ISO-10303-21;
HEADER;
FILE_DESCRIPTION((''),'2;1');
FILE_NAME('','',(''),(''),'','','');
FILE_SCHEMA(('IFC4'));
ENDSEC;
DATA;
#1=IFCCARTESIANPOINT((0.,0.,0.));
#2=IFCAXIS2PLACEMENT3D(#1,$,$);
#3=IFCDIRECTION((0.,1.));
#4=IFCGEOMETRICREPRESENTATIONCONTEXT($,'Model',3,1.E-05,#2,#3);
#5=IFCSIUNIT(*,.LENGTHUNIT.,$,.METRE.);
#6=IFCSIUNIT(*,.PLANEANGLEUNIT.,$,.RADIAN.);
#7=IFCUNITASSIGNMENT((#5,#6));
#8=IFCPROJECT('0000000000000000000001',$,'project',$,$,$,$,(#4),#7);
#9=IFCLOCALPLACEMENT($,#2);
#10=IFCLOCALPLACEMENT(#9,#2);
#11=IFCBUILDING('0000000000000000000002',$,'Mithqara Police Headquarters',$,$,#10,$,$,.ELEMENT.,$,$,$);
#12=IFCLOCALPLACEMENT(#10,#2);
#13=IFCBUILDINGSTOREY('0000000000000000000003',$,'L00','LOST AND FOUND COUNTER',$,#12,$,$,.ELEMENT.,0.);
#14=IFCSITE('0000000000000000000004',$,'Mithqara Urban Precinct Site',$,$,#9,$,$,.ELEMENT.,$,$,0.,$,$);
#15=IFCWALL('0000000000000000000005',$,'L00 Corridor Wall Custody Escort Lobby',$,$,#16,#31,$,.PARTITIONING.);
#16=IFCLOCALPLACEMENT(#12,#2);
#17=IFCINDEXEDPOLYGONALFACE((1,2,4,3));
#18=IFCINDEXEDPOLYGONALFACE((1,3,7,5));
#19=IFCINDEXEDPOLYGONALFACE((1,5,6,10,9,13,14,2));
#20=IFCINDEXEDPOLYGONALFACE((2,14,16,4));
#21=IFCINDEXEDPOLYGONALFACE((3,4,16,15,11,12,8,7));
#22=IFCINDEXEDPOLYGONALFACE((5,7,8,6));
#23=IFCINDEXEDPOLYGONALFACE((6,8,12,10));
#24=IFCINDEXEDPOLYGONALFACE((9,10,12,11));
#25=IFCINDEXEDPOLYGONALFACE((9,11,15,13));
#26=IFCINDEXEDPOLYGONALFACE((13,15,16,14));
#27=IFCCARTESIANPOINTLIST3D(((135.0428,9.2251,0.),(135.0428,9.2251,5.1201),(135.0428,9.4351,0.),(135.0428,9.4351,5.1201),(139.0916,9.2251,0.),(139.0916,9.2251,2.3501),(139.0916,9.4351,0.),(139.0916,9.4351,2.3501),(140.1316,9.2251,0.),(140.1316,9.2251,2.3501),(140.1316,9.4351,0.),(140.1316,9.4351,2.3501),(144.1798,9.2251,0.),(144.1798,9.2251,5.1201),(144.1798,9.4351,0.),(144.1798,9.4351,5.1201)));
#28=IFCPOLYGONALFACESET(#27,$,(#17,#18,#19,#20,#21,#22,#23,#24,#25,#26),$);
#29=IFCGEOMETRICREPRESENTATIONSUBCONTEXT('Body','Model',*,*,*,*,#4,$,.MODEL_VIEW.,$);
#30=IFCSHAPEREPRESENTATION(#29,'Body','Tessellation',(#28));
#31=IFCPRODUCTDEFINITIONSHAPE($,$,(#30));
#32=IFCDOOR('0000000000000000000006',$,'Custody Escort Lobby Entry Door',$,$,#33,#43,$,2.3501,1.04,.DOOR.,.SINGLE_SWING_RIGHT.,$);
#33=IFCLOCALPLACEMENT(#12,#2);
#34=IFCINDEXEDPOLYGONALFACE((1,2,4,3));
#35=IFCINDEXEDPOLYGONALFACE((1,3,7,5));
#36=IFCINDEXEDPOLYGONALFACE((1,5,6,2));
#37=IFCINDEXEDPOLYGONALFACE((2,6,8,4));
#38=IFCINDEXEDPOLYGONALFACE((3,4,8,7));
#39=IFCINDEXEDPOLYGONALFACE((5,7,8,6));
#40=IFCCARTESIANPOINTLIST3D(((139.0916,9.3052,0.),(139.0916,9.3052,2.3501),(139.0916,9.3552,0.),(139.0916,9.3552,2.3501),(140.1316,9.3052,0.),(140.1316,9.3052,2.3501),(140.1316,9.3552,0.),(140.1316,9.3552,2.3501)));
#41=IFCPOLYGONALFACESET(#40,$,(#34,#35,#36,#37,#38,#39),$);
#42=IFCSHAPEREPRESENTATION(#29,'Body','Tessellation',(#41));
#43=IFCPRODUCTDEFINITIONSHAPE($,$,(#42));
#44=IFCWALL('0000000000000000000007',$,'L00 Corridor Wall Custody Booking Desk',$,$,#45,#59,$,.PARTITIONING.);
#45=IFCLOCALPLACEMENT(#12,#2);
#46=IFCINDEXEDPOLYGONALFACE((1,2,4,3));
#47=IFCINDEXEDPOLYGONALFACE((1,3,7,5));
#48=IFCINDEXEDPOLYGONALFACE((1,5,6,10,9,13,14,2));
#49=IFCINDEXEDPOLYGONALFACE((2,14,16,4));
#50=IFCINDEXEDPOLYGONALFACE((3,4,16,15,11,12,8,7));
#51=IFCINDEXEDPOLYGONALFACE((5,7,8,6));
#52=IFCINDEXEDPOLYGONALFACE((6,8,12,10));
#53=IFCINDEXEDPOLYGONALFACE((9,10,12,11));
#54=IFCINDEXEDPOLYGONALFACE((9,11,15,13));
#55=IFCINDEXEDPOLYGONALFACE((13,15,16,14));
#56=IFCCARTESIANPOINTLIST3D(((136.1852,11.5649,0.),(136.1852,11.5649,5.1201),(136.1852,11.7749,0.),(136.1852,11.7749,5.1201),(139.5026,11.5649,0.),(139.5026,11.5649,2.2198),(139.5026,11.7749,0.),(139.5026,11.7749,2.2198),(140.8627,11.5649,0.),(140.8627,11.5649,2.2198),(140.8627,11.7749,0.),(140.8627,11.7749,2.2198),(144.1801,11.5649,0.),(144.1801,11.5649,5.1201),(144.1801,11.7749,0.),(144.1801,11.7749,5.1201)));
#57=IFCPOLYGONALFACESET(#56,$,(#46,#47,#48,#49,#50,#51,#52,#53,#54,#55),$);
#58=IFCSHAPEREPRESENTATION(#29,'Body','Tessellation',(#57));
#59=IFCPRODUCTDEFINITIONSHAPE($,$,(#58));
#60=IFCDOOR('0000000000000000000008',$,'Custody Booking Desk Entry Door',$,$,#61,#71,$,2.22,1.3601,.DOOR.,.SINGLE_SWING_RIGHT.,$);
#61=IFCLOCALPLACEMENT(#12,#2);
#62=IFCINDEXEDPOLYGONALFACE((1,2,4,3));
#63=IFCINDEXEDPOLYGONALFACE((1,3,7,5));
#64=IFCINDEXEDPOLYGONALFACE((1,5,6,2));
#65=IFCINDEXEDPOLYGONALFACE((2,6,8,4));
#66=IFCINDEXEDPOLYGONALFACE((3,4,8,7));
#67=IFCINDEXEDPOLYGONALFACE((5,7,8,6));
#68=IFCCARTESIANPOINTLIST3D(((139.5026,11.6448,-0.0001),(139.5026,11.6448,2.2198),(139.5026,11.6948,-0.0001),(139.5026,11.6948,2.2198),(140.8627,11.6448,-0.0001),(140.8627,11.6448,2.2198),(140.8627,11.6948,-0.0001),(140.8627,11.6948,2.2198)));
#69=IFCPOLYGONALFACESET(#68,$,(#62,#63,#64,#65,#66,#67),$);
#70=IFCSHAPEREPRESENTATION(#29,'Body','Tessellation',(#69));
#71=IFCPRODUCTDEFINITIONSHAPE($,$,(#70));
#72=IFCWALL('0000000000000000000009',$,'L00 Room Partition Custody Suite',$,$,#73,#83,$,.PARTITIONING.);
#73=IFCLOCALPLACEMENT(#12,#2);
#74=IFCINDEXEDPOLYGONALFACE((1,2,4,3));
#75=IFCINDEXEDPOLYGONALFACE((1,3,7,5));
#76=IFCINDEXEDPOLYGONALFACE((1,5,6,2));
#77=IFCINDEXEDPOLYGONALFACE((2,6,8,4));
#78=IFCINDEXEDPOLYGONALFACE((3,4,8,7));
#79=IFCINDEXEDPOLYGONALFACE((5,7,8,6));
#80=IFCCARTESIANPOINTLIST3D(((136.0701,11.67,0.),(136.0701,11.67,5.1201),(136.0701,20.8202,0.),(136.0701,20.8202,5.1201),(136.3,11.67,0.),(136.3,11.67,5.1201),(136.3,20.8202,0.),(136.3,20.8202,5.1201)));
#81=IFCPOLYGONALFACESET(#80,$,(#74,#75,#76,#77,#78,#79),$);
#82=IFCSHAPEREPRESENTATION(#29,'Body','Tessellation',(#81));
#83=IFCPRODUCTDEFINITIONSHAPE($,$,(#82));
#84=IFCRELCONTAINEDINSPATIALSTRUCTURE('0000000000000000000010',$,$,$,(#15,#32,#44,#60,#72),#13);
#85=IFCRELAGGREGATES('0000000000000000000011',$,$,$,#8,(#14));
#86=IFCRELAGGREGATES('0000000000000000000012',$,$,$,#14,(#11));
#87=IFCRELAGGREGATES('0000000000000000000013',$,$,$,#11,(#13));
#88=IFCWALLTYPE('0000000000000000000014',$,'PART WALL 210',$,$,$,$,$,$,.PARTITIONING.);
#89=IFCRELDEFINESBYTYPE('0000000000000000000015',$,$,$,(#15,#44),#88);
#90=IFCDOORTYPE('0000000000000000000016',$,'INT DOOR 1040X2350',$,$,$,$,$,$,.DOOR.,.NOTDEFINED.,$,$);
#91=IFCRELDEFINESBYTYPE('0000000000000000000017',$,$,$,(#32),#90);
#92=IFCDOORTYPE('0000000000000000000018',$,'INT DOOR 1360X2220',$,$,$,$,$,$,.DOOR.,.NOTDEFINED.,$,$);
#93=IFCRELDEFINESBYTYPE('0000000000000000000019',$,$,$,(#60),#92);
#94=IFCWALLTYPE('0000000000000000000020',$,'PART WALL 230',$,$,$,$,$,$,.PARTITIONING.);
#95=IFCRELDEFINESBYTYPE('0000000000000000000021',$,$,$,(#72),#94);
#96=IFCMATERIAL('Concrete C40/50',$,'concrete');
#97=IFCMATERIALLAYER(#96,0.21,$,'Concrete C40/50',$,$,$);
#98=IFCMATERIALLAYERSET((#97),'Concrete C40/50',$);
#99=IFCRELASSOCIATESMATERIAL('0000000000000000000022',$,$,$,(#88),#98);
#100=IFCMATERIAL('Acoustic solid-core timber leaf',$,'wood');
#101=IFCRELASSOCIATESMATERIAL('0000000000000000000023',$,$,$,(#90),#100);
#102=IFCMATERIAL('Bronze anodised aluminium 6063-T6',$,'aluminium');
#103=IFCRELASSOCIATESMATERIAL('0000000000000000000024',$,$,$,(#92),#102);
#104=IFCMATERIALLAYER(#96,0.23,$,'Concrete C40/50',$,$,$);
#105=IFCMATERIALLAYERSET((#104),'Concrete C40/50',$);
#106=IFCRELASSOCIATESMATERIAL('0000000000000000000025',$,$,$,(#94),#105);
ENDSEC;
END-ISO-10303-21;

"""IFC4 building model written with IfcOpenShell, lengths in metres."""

from ifc_helpers import new_model, si_unit, direction, frame, frame_2d, origin, place, context, subcontext, project, spatial, rectangle, extrude, material, layer, layer_set, type_object, element, fill, save


model = new_model("IFC4")

# Units and contexts
model_context = context("Model", 3, precision=1e-05, world=origin(), true_north=direction((0.0, 1.0)))
body_context = subcontext(model_context, "Body", "Model", "MODEL_VIEW")
ifc_project = project(units=[si_unit("LENGTHUNIT", "METRE"), si_unit("PLANEANGLEUNIT", "RADIAN")], contexts=[model_context])

# Site, building, storey
site_placement = place(None, origin())
site = spatial("IfcSite", under=ifc_project, at=site_placement, Name="Mithqara Urban Precinct Site", CompositionType="ELEMENT", RefElevation=0.0)
building_placement = place(site_placement, origin())
building = spatial("IfcBuilding", under=site, at=building_placement, Name="Mithqara Police Headquarters", CompositionType="ELEMENT")
storey_placement = place(building_placement, origin())
storey = spatial("IfcBuildingStorey", under=building, at=storey_placement, Name="L00", Description="LOST AND FOUND COUNTER", CompositionType="ELEMENT", Elevation=0.0)

# Shared definitions
ifc_material_1 = material(Name="Concrete C40/50", Category="concrete")

# Shared definitions
ifc_material_2 = material(Name="Bronze anodised aluminium 6063-T6", Category="aluminium")

# Walls, openings, doors
ifc_layer_1 = layer(ifc_material_1, 0.21, Name="Concrete C40/50")
ifc_layer_set_1 = layer_set([ifc_layer_1], Name="Concrete C40/50")
wall_type_1 = type_object("IfcWallType", Name="PART WALL 210", PredefinedType="PARTITIONING", material=ifc_layer_set_1)
wall_1_placement = place(storey_placement, frame((135.043, 9.3301, 0.0), z_axis=(0.0, 0.0, 1.0), x_axis=(1.0, 0.0, 0.0)))
wall_1 = element("IfcWall", 1, at=wall_1_placement, inside=storey, type_object=wall_type_1, Name="L00 Corridor Wall Custody Escort Lobby", PredefinedType="PARTITIONING", context=body_context, shape_type="SweptSolid", body=[
    extrude(rectangle(XDim=9.137, YDim=0.21, at=frame_2d((4.5684, 0.0))), origin(), (0.0, 0.0, 1.0), 5.1201),
])
opening_1_placement = place(wall_1_placement, frame((4.0486, 0.0, 0.0)))
opening_1 = element("IfcOpeningElement", 2, at=opening_1_placement, cuts=wall_1, PredefinedType="OPENING", context=body_context, shape_type="SweptSolid", body=[
    extrude(rectangle(XDim=1.04, YDim=2.3501, at=frame_2d((0.52, 1.175))), frame((0.0, 0.115, 0.0), z_axis=(0.0, -1.0, 0.0), x_axis=(1.0, 0.0, 0.0)), (0.0, 0.0, 1.0), 0.23),
])
ifc_material_3 = material(Name="Acoustic solid-core timber leaf", Category="wood")
door_type_1 = type_object("IfcDoorType", Name="INT DOOR 1040X2350", OperationType="NOTDEFINED", PredefinedType="DOOR", material=ifc_material_3)
door_1_placement = place(opening_1_placement, frame((1.04, 0.0, 0.0), z_axis=(0.0, 0.0, 1.0), x_axis=(-1.0, 0.0, 0.0)))
door_1 = element("IfcDoor", 3, at=door_1_placement, inside=storey, type_object=door_type_1, Name="Custody Escort Lobby Entry Door", OperationType="SINGLE_SWING_RIGHT", OverallHeight=2.3501, OverallWidth=1.04, PredefinedType="DOOR", context=body_context, shape_type="SweptSolid", body=[
    extrude(rectangle(XDim=1.04, YDim=2.3501, at=frame_2d((0.52, 1.175))), frame((0.0, 0.0249, 0.0), z_axis=(0.0, -1.0, 0.0), x_axis=(1.0, 0.0, 0.0)), (0.0, 0.0, 1.0), 0.05),
])
fill(opening_1, door_1)
wall_2_placement = place(storey_placement, frame((136.1851, 11.6699, 0.0), z_axis=(0.0, 0.0, 1.0), x_axis=(1.0, 0.0, 0.0)))
wall_2 = element("IfcWall", 4, at=wall_2_placement, inside=storey, type_object=wall_type_1, Name="L00 Corridor Wall Custody Booking Desk", PredefinedType="PARTITIONING", context=body_context, shape_type="SweptSolid", body=[
    extrude(rectangle(XDim=7.9949, YDim=0.21, at=frame_2d((3.9976, 0.0))), origin(), (0.0, 0.0, 1.0), 5.1201),
])
opening_2_placement = place(wall_2_placement, frame((3.3174, 0.0, 0.0)))
opening_2 = element("IfcOpeningElement", 5, at=opening_2_placement, cuts=wall_2, PredefinedType="OPENING", context=body_context, shape_type="SweptSolid", body=[
    extrude(rectangle(XDim=1.3601, YDim=2.22, at=frame_2d((0.6802, 1.1099))), frame((0.0, 0.115, 0.0), z_axis=(0.0, -1.0, 0.0), x_axis=(1.0, 0.0, 0.0)), (0.0, 0.0, 1.0), 0.23),
])
door_type_2 = type_object("IfcDoorType", Name="INT DOOR 1360X2220", OperationType="NOTDEFINED", PredefinedType="DOOR", material=ifc_material_2)
door_2_placement = place(opening_2_placement, origin())
door_2 = element("IfcDoor", 6, at=door_2_placement, inside=storey, type_object=door_type_2, Name="Custody Booking Desk Entry Door", OperationType="SINGLE_SWING_RIGHT", OverallHeight=2.22, OverallWidth=1.3601, PredefinedType="DOOR", context=body_context, shape_type="SweptSolid", body=[
    extrude(rectangle(XDim=1.3601, YDim=2.22, at=frame_2d((0.6802, 1.1099))), frame((0.0, 0.0249, 0.0), z_axis=(0.0, -1.0, 0.0), x_axis=(1.0, 0.0, 0.0)), (0.0, 0.0, 1.0), 0.05),
])
fill(opening_2, door_2)

# Wall
ifc_layer_2 = layer(ifc_material_1, 0.23, Name="Concrete C40/50")
ifc_layer_set_2 = layer_set([ifc_layer_2], Name="Concrete C40/50")
wall_type_2 = type_object("IfcWallType", Name="PART WALL 230", PredefinedType="PARTITIONING", material=ifc_layer_set_2)
wall_3_placement = place(storey_placement, frame((136.1851, 11.6699, 0.0), z_axis=(0.0, 0.0, 1.0), x_axis=(0.0, 1.0, 0.0)))
element("IfcWall", 7, at=wall_3_placement, inside=storey, type_object=wall_type_2, Name="L00 Room Partition Custody Suite", PredefinedType="PARTITIONING", context=body_context, shape_type="SweptSolid", body=[
    extrude(rectangle(XDim=9.1501, YDim=0.23, at=frame_2d((4.5752, 0.0))), origin(), (0.0, 0.0, 1.0), 5.1201),
])

save(model, "model.ifc")
